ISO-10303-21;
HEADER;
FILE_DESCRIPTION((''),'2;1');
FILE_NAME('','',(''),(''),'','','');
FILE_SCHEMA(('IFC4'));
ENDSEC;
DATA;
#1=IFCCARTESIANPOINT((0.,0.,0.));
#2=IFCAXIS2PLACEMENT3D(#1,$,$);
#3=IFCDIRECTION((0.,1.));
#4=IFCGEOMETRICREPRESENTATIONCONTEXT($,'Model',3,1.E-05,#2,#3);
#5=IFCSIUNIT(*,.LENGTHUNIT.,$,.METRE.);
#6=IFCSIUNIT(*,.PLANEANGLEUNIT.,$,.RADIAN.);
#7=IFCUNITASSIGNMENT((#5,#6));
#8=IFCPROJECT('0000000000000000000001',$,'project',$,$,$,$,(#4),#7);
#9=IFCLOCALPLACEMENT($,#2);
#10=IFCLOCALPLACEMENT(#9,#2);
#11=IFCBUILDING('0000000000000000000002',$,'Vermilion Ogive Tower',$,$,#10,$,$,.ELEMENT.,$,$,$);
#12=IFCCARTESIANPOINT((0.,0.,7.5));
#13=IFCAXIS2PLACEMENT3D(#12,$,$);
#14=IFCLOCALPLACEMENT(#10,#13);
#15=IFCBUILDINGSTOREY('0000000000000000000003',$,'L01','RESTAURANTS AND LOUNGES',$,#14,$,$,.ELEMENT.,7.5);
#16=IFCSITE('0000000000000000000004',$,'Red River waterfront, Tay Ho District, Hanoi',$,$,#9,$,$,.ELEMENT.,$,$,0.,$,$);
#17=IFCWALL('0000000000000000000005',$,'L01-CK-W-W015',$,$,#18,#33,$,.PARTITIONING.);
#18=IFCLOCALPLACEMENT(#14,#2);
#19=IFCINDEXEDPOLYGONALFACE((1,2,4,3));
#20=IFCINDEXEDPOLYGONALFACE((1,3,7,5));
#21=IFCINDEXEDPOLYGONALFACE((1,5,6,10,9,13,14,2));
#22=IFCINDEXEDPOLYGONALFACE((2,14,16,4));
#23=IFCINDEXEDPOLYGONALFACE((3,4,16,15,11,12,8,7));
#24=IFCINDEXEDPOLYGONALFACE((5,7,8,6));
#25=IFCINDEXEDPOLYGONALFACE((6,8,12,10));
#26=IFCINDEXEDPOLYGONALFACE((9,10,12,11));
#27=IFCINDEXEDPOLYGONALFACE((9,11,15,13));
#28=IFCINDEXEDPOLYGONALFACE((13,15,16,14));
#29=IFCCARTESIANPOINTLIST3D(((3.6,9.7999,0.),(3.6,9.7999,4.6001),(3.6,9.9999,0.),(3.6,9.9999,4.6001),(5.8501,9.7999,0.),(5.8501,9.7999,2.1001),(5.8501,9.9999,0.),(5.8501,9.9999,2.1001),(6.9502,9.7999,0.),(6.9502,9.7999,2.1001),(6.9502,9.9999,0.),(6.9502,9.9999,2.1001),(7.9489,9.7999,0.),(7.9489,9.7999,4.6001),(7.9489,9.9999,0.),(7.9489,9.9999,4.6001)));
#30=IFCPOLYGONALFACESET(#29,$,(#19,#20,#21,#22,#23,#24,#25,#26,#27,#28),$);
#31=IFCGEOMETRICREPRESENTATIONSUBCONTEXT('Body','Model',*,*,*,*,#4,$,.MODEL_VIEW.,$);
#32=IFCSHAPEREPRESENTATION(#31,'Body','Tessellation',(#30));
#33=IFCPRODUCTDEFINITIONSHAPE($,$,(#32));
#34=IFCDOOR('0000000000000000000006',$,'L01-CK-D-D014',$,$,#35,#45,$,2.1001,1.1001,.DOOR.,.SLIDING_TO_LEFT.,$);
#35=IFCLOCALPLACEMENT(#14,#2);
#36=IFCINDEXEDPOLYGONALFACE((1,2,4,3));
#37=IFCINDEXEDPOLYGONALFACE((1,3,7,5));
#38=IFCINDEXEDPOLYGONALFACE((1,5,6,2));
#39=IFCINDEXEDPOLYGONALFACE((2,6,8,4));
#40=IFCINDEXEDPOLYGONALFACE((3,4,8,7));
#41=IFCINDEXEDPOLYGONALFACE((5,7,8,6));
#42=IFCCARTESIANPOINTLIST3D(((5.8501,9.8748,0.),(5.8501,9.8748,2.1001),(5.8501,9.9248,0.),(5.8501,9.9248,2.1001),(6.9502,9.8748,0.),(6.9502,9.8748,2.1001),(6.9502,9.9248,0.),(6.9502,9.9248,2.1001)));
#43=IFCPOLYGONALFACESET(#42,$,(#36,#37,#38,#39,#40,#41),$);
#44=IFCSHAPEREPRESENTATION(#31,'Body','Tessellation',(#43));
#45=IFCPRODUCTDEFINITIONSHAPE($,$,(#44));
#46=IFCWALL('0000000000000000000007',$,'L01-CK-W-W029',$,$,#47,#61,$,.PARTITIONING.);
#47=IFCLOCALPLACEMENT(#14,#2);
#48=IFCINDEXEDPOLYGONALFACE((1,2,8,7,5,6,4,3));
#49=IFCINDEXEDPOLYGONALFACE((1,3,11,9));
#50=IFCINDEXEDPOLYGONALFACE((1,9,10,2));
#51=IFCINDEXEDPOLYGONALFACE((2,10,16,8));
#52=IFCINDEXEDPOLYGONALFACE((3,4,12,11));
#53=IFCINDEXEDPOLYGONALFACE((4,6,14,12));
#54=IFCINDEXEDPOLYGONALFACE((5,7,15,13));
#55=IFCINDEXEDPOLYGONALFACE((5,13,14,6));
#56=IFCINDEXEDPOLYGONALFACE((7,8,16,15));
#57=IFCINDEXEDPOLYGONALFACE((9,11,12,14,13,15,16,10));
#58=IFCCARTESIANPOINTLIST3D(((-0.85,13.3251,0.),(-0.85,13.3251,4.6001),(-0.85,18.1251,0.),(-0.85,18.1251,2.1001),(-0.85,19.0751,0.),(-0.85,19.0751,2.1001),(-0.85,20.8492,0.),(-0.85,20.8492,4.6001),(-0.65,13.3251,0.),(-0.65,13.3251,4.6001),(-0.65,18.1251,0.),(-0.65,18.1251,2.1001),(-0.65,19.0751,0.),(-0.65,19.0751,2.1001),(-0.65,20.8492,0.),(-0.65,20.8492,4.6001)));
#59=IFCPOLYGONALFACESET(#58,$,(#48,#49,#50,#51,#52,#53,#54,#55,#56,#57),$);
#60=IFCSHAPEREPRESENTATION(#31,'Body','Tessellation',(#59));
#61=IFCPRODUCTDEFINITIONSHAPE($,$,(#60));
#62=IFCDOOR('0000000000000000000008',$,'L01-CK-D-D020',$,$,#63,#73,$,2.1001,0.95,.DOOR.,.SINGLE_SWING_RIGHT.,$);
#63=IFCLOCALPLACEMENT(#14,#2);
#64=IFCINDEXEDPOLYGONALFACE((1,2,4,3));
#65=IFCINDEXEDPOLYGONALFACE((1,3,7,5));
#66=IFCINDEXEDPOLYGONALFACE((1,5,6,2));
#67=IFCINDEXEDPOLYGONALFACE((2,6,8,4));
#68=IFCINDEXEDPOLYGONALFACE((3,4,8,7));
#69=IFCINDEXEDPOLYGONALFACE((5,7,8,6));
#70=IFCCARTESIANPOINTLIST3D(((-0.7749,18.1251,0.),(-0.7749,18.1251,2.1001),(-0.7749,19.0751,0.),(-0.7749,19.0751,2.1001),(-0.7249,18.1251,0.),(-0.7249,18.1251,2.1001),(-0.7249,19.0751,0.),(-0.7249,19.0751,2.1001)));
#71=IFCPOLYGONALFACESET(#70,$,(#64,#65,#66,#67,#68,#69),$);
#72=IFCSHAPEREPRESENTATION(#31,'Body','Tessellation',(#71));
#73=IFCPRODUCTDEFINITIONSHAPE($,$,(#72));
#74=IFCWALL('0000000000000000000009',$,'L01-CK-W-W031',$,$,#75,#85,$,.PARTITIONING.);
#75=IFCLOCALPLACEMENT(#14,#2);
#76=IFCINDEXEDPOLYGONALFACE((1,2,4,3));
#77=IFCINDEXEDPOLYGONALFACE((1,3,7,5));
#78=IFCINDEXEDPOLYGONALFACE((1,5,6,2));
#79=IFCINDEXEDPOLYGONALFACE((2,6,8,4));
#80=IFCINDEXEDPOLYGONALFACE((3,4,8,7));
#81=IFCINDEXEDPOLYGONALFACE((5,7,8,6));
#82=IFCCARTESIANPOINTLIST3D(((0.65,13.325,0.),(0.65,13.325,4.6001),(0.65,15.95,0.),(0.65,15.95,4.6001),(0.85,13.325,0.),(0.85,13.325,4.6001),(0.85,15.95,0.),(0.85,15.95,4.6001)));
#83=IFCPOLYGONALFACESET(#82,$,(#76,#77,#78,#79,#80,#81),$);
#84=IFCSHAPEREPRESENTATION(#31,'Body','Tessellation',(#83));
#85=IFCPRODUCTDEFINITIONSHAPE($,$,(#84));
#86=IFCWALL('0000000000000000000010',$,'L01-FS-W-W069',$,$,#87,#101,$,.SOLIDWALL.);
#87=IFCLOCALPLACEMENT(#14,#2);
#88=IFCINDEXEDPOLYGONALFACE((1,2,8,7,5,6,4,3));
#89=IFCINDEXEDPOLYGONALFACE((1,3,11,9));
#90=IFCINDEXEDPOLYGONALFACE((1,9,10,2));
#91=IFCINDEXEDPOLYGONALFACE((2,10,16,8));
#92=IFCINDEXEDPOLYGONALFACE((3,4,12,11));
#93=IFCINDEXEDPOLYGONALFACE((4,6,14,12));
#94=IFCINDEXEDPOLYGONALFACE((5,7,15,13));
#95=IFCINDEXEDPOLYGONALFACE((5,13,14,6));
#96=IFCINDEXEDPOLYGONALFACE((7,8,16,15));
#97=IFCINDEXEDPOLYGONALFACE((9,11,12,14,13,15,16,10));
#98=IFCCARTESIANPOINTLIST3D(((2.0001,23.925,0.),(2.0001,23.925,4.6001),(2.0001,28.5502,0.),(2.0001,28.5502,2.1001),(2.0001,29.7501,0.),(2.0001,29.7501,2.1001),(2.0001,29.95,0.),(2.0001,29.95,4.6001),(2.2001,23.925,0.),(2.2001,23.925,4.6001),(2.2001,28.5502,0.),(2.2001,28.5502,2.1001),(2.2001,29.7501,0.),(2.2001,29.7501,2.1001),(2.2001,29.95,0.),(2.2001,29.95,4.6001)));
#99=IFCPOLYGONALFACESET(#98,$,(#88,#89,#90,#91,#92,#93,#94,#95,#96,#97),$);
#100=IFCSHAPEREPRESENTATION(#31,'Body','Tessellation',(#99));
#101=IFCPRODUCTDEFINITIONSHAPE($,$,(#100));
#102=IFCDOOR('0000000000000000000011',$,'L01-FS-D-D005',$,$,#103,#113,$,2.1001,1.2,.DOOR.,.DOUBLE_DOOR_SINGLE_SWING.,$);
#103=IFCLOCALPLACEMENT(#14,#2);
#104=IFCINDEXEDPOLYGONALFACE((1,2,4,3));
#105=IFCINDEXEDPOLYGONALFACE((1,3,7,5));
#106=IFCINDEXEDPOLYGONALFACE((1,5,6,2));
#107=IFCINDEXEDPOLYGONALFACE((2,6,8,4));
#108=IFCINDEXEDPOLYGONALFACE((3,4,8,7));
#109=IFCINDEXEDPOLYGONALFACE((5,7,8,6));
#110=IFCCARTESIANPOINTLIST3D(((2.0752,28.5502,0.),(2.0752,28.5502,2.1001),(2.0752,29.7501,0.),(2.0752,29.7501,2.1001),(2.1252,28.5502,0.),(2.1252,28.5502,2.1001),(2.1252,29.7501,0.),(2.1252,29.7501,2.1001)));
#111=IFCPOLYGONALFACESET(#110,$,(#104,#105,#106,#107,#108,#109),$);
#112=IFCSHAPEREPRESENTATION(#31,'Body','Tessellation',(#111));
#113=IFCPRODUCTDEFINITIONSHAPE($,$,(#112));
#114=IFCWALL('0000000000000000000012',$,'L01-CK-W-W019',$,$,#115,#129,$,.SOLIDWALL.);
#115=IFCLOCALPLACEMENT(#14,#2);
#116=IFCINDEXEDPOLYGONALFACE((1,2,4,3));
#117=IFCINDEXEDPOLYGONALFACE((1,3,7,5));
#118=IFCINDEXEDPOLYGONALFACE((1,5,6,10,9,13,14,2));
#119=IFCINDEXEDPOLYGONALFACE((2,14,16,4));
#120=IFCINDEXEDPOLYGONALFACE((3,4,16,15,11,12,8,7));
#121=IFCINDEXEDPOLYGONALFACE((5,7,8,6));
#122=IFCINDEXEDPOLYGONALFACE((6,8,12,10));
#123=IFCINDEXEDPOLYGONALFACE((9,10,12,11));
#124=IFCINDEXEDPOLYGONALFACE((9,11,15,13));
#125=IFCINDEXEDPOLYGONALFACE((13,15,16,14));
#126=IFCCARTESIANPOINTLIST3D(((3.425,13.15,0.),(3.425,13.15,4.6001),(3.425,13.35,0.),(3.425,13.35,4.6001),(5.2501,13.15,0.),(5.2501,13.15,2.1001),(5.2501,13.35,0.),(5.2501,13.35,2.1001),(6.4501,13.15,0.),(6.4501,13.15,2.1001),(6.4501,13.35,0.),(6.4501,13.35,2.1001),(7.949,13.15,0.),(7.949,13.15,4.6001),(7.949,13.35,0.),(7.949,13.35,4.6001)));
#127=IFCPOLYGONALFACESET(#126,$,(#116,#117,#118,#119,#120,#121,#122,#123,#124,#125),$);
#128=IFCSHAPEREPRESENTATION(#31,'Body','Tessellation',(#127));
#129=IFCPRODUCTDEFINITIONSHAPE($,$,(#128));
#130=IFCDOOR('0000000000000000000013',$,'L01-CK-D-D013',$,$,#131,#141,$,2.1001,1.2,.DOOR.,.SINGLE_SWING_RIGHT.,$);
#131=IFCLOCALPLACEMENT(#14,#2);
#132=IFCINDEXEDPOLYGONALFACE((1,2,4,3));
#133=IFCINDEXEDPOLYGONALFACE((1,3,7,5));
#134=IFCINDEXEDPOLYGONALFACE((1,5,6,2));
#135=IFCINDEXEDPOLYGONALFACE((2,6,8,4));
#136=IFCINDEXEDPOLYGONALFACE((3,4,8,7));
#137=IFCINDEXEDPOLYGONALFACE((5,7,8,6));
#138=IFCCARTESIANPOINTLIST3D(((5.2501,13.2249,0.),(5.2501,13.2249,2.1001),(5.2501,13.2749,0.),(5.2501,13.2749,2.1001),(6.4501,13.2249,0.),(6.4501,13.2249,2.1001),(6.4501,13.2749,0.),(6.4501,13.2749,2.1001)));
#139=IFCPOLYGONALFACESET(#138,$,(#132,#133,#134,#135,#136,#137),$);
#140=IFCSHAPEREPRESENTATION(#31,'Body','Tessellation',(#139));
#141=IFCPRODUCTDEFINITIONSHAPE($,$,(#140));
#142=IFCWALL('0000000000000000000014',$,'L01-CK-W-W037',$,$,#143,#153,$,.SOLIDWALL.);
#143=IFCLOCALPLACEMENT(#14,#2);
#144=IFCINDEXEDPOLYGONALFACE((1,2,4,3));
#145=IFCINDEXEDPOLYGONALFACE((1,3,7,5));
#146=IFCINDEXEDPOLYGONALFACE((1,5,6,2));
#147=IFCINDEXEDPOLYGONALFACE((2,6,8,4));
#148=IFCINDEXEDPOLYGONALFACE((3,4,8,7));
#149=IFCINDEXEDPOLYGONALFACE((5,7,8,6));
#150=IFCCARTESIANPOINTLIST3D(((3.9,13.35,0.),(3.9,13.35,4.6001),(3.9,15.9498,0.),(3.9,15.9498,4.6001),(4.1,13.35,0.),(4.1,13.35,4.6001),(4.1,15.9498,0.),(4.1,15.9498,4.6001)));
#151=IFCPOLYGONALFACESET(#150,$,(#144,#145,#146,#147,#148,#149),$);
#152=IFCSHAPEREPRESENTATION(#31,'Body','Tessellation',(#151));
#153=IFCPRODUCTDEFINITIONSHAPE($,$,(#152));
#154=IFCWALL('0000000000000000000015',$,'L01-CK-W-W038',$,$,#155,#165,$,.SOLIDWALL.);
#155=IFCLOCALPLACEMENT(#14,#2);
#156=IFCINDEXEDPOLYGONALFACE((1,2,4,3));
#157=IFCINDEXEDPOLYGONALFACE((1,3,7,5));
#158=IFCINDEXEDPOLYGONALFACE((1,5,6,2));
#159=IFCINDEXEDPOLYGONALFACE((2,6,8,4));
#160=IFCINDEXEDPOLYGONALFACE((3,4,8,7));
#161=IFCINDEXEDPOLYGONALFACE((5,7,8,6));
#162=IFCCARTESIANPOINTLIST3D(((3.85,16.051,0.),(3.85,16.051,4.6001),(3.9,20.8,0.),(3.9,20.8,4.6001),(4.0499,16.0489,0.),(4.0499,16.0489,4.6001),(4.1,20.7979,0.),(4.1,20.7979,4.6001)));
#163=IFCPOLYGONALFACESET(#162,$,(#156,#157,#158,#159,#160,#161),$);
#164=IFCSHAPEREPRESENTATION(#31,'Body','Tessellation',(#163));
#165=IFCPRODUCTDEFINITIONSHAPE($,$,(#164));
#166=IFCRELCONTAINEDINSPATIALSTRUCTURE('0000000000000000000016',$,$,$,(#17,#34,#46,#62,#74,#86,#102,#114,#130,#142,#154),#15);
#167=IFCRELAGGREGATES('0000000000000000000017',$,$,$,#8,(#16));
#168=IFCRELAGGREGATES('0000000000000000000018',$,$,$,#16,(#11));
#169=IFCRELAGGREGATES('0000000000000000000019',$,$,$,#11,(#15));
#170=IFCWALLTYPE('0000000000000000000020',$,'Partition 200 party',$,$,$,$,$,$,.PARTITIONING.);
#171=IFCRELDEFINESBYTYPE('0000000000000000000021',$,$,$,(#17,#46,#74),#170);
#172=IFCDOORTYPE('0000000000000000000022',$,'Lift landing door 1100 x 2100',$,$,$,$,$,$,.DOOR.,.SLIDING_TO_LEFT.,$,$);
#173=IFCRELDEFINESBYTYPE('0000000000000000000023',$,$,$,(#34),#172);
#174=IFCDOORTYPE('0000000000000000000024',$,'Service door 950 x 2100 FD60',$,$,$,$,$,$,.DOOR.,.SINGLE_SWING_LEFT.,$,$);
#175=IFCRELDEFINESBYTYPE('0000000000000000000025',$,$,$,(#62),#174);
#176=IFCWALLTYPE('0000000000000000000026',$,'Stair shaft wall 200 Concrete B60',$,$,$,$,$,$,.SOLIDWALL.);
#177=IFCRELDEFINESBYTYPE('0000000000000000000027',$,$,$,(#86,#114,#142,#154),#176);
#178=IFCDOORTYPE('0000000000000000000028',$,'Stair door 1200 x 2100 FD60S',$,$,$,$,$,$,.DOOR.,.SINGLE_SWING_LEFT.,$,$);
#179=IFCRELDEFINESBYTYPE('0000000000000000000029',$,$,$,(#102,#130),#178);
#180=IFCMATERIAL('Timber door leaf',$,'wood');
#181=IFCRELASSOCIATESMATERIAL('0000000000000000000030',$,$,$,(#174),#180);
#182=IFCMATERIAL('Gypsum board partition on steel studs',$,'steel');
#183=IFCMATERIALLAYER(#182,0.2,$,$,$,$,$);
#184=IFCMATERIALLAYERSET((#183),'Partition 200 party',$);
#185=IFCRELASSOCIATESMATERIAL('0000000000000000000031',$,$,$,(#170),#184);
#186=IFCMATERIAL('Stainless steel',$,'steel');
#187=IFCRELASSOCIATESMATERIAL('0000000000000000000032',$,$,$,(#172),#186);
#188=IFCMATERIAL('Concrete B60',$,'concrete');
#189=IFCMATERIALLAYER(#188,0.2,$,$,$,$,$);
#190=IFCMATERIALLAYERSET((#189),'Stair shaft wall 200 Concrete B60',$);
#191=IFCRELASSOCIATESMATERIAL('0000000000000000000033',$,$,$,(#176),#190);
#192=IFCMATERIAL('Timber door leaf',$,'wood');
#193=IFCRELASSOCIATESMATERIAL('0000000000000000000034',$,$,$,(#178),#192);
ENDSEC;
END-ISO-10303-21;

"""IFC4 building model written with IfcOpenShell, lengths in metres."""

from ifc_helpers import new_model, si_unit, direction, frame, frame_2d, origin, place, context, subcontext, project, spatial, rectangle, extrude, material, layer, layer_set, type_object, element, fill, save


model = new_model("IFC4")

# Units and contexts
model_context = context("Model", 3, precision=1e-05, world=origin(), true_north=direction((0.0, 1.0)))
body_context = subcontext(model_context, "Body", "Model", "MODEL_VIEW")
ifc_project = project(units=[si_unit("LENGTHUNIT", "METRE"), si_unit("PLANEANGLEUNIT", "RADIAN")], contexts=[model_context])

# Site, building, storey
site_placement = place(None, origin())
site = spatial("IfcSite", under=ifc_project, at=site_placement, Name="Red River waterfront, Tay Ho District, Hanoi", CompositionType="ELEMENT", RefElevation=0.0)
building_placement = place(site_placement, origin())
building = spatial("IfcBuilding", under=site, at=building_placement, Name="Vermilion Ogive Tower", CompositionType="ELEMENT")
storey_placement = place(building_placement, frame((0.0, 0.0, 7.5)))
storey = spatial("IfcBuildingStorey", under=building, at=storey_placement, Name="L01", Description="RESTAURANTS AND LOUNGES", CompositionType="ELEMENT", Elevation=7.5)

# Shared definitions
ifc_material_1 = material(Name="Timber door leaf", Category="wood")
door_type_1 = type_object("IfcDoorType", Name="Service door 950 x 2100 FD60", OperationType="SINGLE_SWING_LEFT", PredefinedType="DOOR", material=ifc_material_1)

# Shared definitions
ifc_material_2 = material(Name="Gypsum board partition on steel studs", Category="steel")
ifc_layer_1 = layer(ifc_material_2, 0.2)
ifc_layer_set_1 = layer_set([ifc_layer_1], Name="Partition 200 party")
wall_type_1 = type_object("IfcWallType", Name="Partition 200 party", PredefinedType="PARTITIONING", material=ifc_layer_set_1)

# Walls, openings, doors
wall_1_placement = place(storey_placement, frame((3.6001, 9.8999, 0.0), z_axis=(0.0, 0.0, 1.0), x_axis=(1.0, 0.0, 0.0)))
wall_1 = element("IfcWall", 1, at=wall_1_placement, inside=storey, type_object=wall_type_1, Name="L01-CK-W-W015", PredefinedType="PARTITIONING", context=body_context, shape_type="SweptSolid", body=[
    extrude(rectangle(XDim=4.3489, YDim=0.2, at=frame_2d((2.1743, 0.0))), origin(), (0.0, 0.0, 1.0), 4.6001),
])
opening_1_placement = place(wall_1_placement, frame((2.25, 0.0, 0.0)))
opening_1 = element("IfcOpeningElement", 2, at=opening_1_placement, cuts=wall_1, PredefinedType="OPENING", context=body_context, shape_type="SweptSolid", body=[
    extrude(rectangle(XDim=1.1001, YDim=2.1001, at=frame_2d((0.55, 1.05))), frame((0.0, 0.1099, 0.0), z_axis=(0.0, -1.0, 0.0), x_axis=(1.0, 0.0, 0.0)), (0.0, 0.0, 1.0), 0.22),
])
ifc_material_3 = material(Name="Stainless steel", Category="steel")
door_type_2 = type_object("IfcDoorType", Name="Lift landing door 1100 x 2100", OperationType="SLIDING_TO_LEFT", PredefinedType="DOOR", material=ifc_material_3)
door_1_placement = place(opening_1_placement, origin())
door_1 = element("IfcDoor", 3, at=door_1_placement, inside=storey, type_object=door_type_2, Name="L01-CK-D-D014", OperationType="SLIDING_TO_LEFT", OverallHeight=2.1001, OverallWidth=1.1001, PredefinedType="DOOR", context=body_context, shape_type="SweptSolid", body=[
    extrude(rectangle(XDim=1.1001, YDim=2.1001, at=frame_2d((0.55, 1.05))), frame((0.0, 0.0249, 0.0), z_axis=(0.0, -1.0, 0.0), x_axis=(1.0, 0.0, 0.0)), (0.0, 0.0, 1.0), 0.05),
])
fill(opening_1, door_1)
wall_2_placement = place(storey_placement, frame((-0.75, 13.325, 0.0), z_axis=(0.0, 0.0, 1.0), x_axis=(0.0, 1.0, 0.0)))
wall_2 = element("IfcWall", 4, at=wall_2_placement, inside=storey, type_object=wall_type_1, Name="L01-CK-W-W029", PredefinedType="PARTITIONING", context=body_context, shape_type="SweptSolid", body=[
    extrude(rectangle(XDim=7.5242, YDim=0.2, at=frame_2d((3.7622, 0.0))), origin(), (0.0, 0.0, 1.0), 4.6001),
])
opening_2_placement = place(wall_2_placement, frame((4.8, 0.0, 0.0)))
opening_2 = element("IfcOpeningElement", 5, at=opening_2_placement, cuts=wall_2, PredefinedType="OPENING", context=body_context, shape_type="SweptSolid", body=[
    extrude(rectangle(XDim=0.95, YDim=2.1001, at=frame_2d((0.4751, 1.05))), frame((0.0, 0.1099, 0.0), z_axis=(0.0, -1.0, 0.0), x_axis=(1.0, 0.0, 0.0)), (0.0, 0.0, 1.0), 0.22),
])
door_2_placement = place(opening_2_placement, origin())
door_2 = element("IfcDoor", 6, at=door_2_placement, inside=storey, type_object=door_type_1, Name="L01-CK-D-D020", OperationType="SINGLE_SWING_RIGHT", OverallHeight=2.1001, OverallWidth=0.95, PredefinedType="DOOR", context=body_context, shape_type="SweptSolid", body=[
    extrude(rectangle(XDim=0.95, YDim=2.1001, at=frame_2d((0.4751, 1.05))), frame((0.0, 0.0249, 0.0), z_axis=(0.0, -1.0, 0.0), x_axis=(1.0, 0.0, 0.0)), (0.0, 0.0, 1.0), 0.05),
])
fill(opening_2, door_2)

# Wall
wall_3_placement = place(storey_placement, frame((0.75, 13.325, 0.0), z_axis=(0.0, 0.0, 1.0), x_axis=(0.0, 1.0, 0.0)))
element("IfcWall", 7, at=wall_3_placement, inside=storey, type_object=wall_type_1, Name="L01-CK-W-W031", PredefinedType="PARTITIONING", context=body_context, shape_type="SweptSolid", body=[
    extrude(rectangle(XDim=2.625, YDim=0.2, at=frame_2d((1.3125, 0.0))), origin(), (0.0, 0.0, 1.0), 4.6001),
])

# Walls, openings, doors
ifc_material_4 = material(Name="Concrete B60", Category="concrete")
ifc_layer_2 = layer(ifc_material_4, 0.2)
ifc_layer_set_2 = layer_set([ifc_layer_2], Name="Stair shaft wall 200 Concrete B60")
wall_type_2 = type_object("IfcWallType", Name="Stair shaft wall 200 Concrete B60", PredefinedType="SOLIDWALL", material=ifc_layer_set_2)
wall_4_placement = place(storey_placement, frame((2.1001, 23.925, 0.0), z_axis=(0.0, 0.0, 1.0), x_axis=(0.0, 1.0, 0.0)))
wall_4 = element("IfcWall", 8, at=wall_4_placement, inside=storey, type_object=wall_type_2, Name="L01-FS-W-W069", PredefinedType="SOLIDWALL", context=body_context, shape_type="SweptSolid", body=[
    extrude(rectangle(XDim=6.0249, YDim=0.2, at=frame_2d((3.0125, 0.0))), origin(), (0.0, 0.0, 1.0), 4.6001),
])
opening_3_placement = place(wall_4_placement, frame((4.625, 0.0, 0.0)))
opening_3 = element("IfcOpeningElement", 9, at=opening_3_placement, cuts=wall_4, PredefinedType="OPENING", context=body_context, shape_type="SweptSolid", body=[
    extrude(rectangle(XDim=1.2, YDim=2.1001, at=frame_2d((0.6001, 1.05))), frame((0.0, 0.1099, 0.0), z_axis=(0.0, -1.0, 0.0), x_axis=(1.0, 0.0, 0.0)), (0.0, 0.0, 1.0), 0.22),
])
ifc_material_5 = material(Name="Timber door leaf", Category="wood")
door_type_3 = type_object("IfcDoorType", Name="Stair door 1200 x 2100 FD60S", OperationType="SINGLE_SWING_LEFT", PredefinedType="DOOR", material=ifc_material_5)
door_3_placement = place(opening_3_placement, origin())
door_3 = element("IfcDoor", 10, at=door_3_placement, inside=storey, type_object=door_type_3, Name="L01-FS-D-D005", OperationType="DOUBLE_DOOR_SINGLE_SWING", OverallHeight=2.1001, OverallWidth=1.2, PredefinedType="DOOR", context=body_context, shape_type="SweptSolid", body=[
    extrude(rectangle(XDim=1.2, YDim=2.1001, at=frame_2d((0.6001, 1.05))), frame((0.0, 0.0249, 0.0), z_axis=(0.0, -1.0, 0.0), x_axis=(1.0, 0.0, 0.0)), (0.0, 0.0, 1.0), 0.05),
])
fill(opening_3, door_3)
wall_5_placement = place(storey_placement, frame((3.425, 13.25, 0.0), z_axis=(0.0, 0.0, 1.0), x_axis=(1.0, 0.0, 0.0)))
wall_5 = element("IfcWall", 11, at=wall_5_placement, inside=storey, type_object=wall_type_2, Name="L01-CK-W-W019", PredefinedType="SOLIDWALL", context=body_context, shape_type="SweptSolid", body=[
    extrude(rectangle(XDim=4.5239, YDim=0.2, at=frame_2d((2.262, 0.0))), origin(), (0.0, 0.0, 1.0), 4.6001),
])
opening_4_placement = place(wall_5_placement, frame((1.825, 0.0, 0.0)))
opening_4 = element("IfcOpeningElement", 12, at=opening_4_placement, cuts=wall_5, PredefinedType="OPENING", context=body_context, shape_type="SweptSolid", body=[
    extrude(rectangle(XDim=1.2, YDim=2.1001, at=frame_2d((0.6001, 1.05))), frame((0.0, 0.1099, 0.0), z_axis=(0.0, -1.0, 0.0), x_axis=(1.0, 0.0, 0.0)), (0.0, 0.0, 1.0), 0.22),
])
door_4_placement = place(opening_4_placement, origin())
door_4 = element("IfcDoor", 13, at=door_4_placement, inside=storey, type_object=door_type_3, Name="L01-CK-D-D013", OperationType="SINGLE_SWING_RIGHT", OverallHeight=2.1001, OverallWidth=1.2, PredefinedType="DOOR", context=body_context, shape_type="SweptSolid", body=[
    extrude(rectangle(XDim=1.2, YDim=2.1001, at=frame_2d((0.6001, 1.05))), frame((0.0, 0.0249, 0.0), z_axis=(0.0, -1.0, 0.0), x_axis=(1.0, 0.0, 0.0)), (0.0, 0.0, 1.0), 0.05),
])
fill(opening_4, door_4)

# Walls
wall_6_placement = place(storey_placement, frame((4.0, 13.3501, 0.0), z_axis=(0.0, 0.0, 1.0), x_axis=(0.0, 1.0, 0.0)))
element("IfcWall", 14, at=wall_6_placement, inside=storey, type_object=wall_type_2, Name="L01-CK-W-W037", PredefinedType="SOLIDWALL", context=body_context, shape_type="SweptSolid", body=[
    extrude(rectangle(XDim=2.5999, YDim=0.2, at=frame_2d((1.2998, 0.0))), origin(), (0.0, 0.0, 1.0), 4.6001),
])
wall_7_placement = place(storey_placement, frame((3.95, 16.05, 0.0), z_axis=(0.0, 0.0, 1.0), x_axis=(0.010538, 0.999944, 0.0)))
element("IfcWall", 15, at=wall_7_placement, inside=storey, type_object=wall_type_2, Name="L01-CK-W-W038", PredefinedType="SOLIDWALL", context=body_context, shape_type="SweptSolid", body=[
    extrude(rectangle(XDim=4.7493, YDim=0.2, at=frame_2d((2.3745, 0.0))), origin(), (0.0, 0.0, 1.0), 4.6001),
])

save(model, "model.ifc")
